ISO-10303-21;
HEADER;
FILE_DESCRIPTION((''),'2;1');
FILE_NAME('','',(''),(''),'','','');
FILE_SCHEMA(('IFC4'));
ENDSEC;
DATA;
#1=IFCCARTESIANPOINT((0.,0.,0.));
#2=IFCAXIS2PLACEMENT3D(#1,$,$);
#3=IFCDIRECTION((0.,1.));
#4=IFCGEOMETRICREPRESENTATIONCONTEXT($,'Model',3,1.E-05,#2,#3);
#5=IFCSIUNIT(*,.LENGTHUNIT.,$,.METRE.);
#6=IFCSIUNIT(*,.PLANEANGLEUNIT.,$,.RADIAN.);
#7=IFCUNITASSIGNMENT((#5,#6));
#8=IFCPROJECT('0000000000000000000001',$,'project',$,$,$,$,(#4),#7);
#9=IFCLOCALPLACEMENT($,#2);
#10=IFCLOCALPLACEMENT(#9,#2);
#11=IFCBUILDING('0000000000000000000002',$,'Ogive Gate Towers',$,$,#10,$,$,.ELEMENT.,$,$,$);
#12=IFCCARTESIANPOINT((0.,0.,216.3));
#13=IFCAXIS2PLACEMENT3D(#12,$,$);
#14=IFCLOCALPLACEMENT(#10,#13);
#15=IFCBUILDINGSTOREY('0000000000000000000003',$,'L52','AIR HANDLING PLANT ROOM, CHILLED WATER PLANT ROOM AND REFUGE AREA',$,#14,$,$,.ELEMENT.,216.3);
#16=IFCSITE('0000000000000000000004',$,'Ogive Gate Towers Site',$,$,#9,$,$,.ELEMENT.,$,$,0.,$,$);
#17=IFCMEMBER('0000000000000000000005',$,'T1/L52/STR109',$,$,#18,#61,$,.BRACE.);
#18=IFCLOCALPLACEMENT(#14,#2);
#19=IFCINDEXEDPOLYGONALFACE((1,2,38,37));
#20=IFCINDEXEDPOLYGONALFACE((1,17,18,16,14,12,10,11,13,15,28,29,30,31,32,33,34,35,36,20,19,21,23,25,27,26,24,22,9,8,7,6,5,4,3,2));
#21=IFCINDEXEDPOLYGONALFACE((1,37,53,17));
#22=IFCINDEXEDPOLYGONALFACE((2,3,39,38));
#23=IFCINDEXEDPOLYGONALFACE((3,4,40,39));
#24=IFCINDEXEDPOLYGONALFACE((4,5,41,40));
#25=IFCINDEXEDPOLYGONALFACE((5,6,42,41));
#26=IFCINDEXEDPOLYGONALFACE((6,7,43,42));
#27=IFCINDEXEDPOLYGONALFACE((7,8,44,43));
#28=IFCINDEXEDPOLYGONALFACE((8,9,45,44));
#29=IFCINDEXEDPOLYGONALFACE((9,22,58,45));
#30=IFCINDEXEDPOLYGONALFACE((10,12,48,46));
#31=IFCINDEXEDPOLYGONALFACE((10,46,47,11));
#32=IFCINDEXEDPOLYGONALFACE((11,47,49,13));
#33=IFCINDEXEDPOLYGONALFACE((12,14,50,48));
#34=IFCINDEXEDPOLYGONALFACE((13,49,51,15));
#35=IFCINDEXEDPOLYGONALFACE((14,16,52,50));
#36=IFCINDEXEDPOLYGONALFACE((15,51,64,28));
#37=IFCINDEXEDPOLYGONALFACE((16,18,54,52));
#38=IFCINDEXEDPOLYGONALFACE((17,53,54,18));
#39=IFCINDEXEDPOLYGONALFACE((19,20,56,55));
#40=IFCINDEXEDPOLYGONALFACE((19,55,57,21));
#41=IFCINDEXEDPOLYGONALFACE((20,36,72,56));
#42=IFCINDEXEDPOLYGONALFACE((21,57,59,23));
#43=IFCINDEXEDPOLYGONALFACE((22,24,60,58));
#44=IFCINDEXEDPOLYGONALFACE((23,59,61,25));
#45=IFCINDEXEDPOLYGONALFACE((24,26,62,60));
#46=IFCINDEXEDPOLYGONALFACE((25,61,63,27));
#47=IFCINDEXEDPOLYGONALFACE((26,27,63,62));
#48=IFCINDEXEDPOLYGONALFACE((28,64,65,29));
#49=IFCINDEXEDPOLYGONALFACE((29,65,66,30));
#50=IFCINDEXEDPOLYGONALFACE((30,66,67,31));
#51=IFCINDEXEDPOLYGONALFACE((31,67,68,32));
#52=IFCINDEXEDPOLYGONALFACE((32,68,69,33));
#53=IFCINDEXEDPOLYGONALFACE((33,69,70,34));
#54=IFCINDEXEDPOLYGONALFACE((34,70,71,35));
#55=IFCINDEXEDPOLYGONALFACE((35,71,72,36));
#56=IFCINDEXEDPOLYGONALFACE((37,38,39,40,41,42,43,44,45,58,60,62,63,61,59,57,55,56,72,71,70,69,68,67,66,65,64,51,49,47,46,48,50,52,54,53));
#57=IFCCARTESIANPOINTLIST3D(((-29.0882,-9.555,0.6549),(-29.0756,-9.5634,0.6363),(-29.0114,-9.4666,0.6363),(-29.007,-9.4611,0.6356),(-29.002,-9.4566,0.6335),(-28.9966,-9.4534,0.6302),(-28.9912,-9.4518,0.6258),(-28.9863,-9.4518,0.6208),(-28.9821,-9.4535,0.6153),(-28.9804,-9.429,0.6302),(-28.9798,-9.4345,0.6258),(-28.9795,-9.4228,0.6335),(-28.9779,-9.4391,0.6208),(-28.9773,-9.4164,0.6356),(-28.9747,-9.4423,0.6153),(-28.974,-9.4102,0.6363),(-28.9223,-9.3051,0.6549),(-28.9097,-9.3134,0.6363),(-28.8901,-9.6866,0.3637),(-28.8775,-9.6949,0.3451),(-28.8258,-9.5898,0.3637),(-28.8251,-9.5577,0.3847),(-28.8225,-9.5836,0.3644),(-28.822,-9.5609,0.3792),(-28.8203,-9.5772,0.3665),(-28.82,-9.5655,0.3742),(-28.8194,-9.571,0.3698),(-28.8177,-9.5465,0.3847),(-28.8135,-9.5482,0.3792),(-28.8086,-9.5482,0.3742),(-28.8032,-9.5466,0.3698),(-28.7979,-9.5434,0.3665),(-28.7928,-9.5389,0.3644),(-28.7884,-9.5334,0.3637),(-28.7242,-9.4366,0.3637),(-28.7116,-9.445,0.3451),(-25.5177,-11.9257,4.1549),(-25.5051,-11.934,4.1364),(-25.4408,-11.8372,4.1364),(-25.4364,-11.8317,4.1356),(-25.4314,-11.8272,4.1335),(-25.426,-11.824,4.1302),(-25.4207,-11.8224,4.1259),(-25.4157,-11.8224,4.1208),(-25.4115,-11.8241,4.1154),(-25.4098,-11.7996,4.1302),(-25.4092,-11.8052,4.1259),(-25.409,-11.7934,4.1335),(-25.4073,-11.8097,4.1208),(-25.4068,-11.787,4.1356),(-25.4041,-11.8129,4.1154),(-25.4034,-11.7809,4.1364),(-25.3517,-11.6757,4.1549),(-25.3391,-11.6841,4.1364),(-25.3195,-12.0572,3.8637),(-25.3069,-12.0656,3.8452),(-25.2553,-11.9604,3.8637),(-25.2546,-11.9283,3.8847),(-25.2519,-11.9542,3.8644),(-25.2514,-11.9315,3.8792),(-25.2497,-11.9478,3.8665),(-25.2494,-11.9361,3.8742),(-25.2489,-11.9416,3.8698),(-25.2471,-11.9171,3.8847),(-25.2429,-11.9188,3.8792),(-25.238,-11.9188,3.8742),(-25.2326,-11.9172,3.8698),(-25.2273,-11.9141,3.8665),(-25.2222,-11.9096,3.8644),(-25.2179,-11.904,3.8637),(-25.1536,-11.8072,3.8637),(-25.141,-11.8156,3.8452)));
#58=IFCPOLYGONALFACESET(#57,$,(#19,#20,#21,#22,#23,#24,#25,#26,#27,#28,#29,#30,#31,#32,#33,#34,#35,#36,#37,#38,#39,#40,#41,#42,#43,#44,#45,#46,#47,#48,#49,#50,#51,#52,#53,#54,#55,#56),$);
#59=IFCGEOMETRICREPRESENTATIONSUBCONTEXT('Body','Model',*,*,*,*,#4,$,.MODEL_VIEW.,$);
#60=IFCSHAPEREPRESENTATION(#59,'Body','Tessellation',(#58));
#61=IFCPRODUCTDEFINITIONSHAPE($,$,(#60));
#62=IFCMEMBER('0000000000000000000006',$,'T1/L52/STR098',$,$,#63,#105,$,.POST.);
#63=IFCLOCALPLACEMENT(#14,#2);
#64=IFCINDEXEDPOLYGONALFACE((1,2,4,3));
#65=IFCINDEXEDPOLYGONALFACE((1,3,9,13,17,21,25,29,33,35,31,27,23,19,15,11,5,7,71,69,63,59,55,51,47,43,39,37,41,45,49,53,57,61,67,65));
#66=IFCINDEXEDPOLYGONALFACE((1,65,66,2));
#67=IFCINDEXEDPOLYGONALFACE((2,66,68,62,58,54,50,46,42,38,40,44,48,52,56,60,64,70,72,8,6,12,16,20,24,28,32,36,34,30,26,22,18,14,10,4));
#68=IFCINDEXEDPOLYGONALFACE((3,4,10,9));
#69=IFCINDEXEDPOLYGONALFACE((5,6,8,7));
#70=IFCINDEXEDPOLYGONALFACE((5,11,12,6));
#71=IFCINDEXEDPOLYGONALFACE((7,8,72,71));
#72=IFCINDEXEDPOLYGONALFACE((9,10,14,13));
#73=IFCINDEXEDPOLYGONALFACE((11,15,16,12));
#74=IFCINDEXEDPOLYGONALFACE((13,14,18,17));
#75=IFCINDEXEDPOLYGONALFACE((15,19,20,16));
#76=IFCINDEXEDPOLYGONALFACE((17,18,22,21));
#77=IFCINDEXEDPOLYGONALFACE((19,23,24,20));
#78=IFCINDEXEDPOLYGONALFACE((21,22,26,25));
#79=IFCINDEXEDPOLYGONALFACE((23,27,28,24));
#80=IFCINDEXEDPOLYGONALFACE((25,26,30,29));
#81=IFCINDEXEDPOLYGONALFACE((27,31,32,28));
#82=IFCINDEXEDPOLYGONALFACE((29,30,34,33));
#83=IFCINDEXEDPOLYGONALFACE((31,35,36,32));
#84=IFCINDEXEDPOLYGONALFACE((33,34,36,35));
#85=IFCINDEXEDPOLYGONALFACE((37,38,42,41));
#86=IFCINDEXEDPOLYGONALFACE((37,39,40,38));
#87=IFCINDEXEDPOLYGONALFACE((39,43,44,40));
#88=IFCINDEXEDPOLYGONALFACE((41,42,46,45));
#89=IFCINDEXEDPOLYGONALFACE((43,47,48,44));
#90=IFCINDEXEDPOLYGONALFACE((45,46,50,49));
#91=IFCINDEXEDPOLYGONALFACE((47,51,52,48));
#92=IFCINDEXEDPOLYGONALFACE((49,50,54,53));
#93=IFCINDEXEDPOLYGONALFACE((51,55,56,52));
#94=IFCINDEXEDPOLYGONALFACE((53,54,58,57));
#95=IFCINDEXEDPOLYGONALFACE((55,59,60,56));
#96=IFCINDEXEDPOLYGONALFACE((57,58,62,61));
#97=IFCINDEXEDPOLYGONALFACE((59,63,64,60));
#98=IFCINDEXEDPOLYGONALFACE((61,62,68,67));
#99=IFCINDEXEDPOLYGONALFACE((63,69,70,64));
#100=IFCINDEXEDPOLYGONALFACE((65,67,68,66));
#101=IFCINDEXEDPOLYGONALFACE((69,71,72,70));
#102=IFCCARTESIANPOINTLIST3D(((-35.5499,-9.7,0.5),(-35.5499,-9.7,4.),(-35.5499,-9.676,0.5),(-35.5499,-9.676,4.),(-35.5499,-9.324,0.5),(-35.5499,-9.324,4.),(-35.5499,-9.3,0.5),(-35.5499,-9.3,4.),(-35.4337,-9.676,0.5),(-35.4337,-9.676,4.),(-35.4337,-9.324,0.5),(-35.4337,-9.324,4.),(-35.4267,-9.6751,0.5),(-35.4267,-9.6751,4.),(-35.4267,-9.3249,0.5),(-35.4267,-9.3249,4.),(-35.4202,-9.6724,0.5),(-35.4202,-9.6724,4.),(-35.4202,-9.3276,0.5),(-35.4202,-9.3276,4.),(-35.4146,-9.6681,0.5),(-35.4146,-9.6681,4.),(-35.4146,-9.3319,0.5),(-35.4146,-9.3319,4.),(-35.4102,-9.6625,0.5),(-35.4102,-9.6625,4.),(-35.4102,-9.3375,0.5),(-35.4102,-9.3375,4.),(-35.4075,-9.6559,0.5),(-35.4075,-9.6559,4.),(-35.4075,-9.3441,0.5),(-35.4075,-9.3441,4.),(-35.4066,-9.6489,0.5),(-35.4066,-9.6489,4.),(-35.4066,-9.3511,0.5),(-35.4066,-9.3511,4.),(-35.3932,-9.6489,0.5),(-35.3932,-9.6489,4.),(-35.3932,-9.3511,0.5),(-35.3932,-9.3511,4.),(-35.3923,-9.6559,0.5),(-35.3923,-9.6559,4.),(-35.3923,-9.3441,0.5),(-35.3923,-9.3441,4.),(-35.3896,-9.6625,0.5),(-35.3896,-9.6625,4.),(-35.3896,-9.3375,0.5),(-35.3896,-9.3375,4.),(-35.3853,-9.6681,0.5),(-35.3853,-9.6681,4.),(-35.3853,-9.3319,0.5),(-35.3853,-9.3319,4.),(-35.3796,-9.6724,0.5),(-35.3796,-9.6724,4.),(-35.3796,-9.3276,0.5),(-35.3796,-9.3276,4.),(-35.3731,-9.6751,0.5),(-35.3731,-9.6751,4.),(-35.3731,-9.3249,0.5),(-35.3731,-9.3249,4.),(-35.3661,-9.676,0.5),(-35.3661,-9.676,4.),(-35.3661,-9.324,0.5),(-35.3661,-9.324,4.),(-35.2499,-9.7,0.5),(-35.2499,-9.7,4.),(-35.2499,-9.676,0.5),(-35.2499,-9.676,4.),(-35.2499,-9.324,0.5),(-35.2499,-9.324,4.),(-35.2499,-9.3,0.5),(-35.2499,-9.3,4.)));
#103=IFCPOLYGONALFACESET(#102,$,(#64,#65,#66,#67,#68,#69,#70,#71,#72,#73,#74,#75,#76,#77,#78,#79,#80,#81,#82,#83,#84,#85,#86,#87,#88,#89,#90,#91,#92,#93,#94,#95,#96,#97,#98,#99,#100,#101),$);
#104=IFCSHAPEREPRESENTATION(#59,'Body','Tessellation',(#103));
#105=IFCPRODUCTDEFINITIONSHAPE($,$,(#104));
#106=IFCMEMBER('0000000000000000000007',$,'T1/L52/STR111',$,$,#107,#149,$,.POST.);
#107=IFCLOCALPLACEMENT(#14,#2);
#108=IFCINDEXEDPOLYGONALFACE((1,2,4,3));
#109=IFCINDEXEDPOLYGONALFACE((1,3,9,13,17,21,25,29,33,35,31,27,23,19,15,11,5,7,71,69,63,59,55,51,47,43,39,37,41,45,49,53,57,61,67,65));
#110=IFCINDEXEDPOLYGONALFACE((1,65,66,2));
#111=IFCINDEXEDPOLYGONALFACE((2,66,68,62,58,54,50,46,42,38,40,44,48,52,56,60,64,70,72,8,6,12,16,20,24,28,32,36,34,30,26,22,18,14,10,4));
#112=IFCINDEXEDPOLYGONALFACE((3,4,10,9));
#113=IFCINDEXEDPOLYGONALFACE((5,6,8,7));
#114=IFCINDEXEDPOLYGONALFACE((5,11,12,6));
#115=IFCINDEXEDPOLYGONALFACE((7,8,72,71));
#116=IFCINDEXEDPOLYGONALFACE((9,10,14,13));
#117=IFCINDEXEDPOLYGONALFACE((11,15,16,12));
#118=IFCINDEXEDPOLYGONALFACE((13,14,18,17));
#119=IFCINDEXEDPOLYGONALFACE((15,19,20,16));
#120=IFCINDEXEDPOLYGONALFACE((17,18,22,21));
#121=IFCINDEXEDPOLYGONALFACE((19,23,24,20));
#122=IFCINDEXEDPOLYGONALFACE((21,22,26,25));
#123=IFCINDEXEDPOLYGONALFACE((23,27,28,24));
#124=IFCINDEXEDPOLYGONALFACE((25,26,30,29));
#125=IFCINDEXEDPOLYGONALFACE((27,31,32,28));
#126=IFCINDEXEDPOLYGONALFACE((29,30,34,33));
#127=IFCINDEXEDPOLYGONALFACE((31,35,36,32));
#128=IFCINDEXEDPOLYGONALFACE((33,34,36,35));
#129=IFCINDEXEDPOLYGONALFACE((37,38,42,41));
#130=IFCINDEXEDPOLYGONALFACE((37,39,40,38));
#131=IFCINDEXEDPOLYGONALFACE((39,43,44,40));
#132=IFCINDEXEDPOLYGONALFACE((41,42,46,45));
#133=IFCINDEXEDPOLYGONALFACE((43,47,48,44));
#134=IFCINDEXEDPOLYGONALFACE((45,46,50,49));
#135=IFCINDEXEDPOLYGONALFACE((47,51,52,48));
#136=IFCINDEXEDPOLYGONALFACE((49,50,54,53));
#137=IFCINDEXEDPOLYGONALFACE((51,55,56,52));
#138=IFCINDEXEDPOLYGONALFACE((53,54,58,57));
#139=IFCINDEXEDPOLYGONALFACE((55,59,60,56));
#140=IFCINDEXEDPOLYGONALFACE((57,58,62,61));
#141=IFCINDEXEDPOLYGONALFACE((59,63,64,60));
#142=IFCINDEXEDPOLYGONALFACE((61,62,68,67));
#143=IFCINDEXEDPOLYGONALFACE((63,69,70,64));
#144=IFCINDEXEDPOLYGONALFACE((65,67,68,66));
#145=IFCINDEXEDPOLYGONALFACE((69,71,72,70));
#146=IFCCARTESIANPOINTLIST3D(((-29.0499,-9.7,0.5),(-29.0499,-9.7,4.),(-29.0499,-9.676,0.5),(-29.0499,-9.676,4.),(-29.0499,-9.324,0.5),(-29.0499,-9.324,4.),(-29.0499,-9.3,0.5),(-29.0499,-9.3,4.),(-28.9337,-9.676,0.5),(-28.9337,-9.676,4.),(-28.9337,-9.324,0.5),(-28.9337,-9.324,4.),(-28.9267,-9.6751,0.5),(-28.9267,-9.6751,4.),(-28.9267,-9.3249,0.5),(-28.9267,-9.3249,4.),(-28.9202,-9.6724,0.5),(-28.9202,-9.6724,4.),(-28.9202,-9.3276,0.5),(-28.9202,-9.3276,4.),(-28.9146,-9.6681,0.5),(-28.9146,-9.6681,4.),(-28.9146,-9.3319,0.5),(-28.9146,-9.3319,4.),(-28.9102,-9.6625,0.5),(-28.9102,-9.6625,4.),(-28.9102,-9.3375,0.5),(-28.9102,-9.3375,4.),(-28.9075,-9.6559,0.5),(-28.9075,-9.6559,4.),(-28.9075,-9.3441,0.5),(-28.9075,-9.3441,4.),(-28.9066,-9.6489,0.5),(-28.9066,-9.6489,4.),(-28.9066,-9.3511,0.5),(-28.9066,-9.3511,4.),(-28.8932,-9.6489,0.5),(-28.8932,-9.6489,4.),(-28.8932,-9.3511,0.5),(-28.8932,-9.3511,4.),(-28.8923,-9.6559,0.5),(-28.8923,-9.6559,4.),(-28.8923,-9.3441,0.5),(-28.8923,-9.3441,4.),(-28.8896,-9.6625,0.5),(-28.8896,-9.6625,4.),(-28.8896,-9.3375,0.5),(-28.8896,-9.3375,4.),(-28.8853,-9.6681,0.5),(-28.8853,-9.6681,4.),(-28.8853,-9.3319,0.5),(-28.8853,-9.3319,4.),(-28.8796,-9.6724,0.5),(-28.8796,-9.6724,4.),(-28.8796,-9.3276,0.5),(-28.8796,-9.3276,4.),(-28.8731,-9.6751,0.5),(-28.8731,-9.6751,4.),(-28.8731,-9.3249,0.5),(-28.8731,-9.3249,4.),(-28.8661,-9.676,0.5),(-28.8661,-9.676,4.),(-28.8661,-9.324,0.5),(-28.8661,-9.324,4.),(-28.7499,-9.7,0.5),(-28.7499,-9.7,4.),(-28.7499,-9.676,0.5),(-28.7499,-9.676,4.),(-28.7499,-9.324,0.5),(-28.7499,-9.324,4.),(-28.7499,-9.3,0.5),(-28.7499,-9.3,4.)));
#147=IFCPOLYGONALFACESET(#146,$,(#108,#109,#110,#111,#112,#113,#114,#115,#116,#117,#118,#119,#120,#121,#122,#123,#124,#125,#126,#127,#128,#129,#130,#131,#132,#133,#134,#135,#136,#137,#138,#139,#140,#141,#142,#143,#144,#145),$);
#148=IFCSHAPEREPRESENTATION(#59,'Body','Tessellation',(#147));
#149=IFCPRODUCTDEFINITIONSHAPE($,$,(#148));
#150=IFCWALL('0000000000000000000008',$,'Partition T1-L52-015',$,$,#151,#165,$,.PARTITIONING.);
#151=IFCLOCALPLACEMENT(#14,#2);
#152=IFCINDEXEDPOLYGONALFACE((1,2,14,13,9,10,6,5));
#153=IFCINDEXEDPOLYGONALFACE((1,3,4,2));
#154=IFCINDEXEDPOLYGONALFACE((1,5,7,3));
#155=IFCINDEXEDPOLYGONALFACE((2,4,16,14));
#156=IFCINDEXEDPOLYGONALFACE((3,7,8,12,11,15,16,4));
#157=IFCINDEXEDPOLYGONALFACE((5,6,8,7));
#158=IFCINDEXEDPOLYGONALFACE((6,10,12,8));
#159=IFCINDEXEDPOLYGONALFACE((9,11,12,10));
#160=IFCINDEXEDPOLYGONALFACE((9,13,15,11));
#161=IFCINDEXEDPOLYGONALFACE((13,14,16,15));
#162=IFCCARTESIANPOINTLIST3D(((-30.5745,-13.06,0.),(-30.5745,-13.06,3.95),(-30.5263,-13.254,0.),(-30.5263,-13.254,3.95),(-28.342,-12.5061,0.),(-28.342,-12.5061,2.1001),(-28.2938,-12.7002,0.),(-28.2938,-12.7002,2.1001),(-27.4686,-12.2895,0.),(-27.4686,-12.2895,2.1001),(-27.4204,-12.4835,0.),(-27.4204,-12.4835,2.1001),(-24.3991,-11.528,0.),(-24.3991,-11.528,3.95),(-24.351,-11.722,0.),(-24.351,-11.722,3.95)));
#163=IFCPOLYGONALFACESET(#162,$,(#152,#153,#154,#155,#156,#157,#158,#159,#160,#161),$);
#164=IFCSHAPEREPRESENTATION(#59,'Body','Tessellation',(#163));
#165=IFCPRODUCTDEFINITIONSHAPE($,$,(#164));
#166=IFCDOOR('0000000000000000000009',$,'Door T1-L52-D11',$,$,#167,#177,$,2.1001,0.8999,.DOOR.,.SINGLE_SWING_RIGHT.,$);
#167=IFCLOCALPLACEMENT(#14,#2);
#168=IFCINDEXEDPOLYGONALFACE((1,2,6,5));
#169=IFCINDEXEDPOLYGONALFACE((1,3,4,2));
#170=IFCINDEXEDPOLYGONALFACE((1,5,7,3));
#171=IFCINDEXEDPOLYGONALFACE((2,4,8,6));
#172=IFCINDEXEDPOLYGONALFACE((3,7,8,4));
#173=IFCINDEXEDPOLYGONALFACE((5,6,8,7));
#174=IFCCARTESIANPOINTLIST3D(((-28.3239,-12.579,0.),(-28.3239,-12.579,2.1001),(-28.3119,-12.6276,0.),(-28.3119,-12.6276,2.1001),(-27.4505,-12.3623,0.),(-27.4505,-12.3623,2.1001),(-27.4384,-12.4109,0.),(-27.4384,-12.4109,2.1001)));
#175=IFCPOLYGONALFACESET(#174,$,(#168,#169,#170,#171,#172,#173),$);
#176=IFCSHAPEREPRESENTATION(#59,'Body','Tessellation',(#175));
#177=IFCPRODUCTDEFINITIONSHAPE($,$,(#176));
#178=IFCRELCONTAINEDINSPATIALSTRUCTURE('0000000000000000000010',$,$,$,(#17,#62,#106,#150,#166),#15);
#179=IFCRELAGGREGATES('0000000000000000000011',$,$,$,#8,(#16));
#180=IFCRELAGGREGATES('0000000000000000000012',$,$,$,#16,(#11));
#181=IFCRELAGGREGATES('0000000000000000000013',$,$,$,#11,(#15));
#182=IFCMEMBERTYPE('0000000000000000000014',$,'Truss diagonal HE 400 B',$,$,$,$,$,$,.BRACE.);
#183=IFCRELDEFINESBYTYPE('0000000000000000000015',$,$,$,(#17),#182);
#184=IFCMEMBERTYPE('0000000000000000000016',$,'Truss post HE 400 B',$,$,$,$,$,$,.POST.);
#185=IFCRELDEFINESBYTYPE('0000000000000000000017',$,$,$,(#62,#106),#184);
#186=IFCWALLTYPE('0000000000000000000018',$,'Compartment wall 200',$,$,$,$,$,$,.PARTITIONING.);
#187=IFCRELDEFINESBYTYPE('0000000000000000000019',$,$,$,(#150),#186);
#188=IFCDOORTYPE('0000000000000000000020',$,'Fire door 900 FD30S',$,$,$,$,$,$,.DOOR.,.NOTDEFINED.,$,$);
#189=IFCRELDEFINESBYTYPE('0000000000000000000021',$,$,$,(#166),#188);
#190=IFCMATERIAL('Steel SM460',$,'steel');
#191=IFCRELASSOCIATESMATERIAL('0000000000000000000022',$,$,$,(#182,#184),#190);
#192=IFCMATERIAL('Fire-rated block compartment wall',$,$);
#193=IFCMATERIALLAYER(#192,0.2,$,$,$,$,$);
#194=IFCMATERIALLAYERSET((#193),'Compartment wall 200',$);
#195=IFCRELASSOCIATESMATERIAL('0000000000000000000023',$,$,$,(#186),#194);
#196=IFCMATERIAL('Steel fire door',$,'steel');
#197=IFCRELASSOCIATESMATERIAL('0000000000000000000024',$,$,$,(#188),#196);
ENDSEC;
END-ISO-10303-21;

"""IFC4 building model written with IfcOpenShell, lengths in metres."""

from ifc_helpers import new_model, si_unit, direction, frame, frame_2d, origin, origin_2d, place, context, subcontext, project, spatial, rectangle, i_section, extrude, material, layer, layer_set, material_profile, profile_set, type_object, element, fill, save


model = new_model("IFC4")

# Units and contexts
model_context = context("Model", 3, precision=1e-05, world=origin(), true_north=direction((0.0, 1.0)))
body_context = subcontext(model_context, "Body", "Model", "MODEL_VIEW")
ifc_project = project(units=[si_unit("LENGTHUNIT", "METRE"), si_unit("PLANEANGLEUNIT", "RADIAN")], contexts=[model_context])

# Site, building, storey
site_placement = place(None, origin())
site = spatial("IfcSite", under=ifc_project, at=site_placement, Name="Ogive Gate Towers Site", CompositionType="ELEMENT", RefElevation=0.0)
building_placement = place(site_placement, origin())
building = spatial("IfcBuilding", under=site, at=building_placement, Name="Ogive Gate Towers", CompositionType="ELEMENT")
storey_placement = place(building_placement, frame((0.0, 0.0, 216.3)))
storey = spatial("IfcBuildingStorey", under=building, at=storey_placement, Name="L52", Description="AIR HANDLING PLANT ROOM, CHILLED WATER PLANT ROOM AND REFUGE AREA", CompositionType="ELEMENT", Elevation=216.3)

# Shared definitions
ifc_material_1 = material(Name="Steel SM460", Category="steel")

# Members
ifc_material_profile_1 = material_profile(ifc_material_1, i_section(OverallWidth=0.3, OverallDepth=0.3999, WebThickness=0.0134, FlangeThickness=0.0239, FilletRadius=0.0271, at=origin_2d()), Name="HE 400 B")
ifc_profile_set_1 = profile_set([ifc_material_profile_1], Name="Steel SM460")
member_type_1 = type_object("IfcMemberType", Name="Truss diagonal HE 400 B", PredefinedType="BRACE", material=ifc_profile_set_1)
member_1_placement = place(storey_placement, frame((-28.8999, -9.5, 0.5), z_axis=(0.645272, -0.428417, 0.632521), x_axis=(0.553122, 0.8331, 0.0)))
element("IfcMember", 1, at=member_1_placement, inside=storey, type_object=member_type_1, Name="T1/L52/STR109", PredefinedType="BRACE", context=body_context, shape_type="SweptSolid", body=[
    extrude(i_section(OverallWidth=0.3, OverallDepth=0.3999, WebThickness=0.0134, FlangeThickness=0.0239, FilletRadius=0.0271, at=origin_2d()), origin(), (0.0, 0.0, 1.0), 5.5334),
])
ifc_material_profile_2 = material_profile(ifc_material_1, i_section(OverallWidth=0.3, OverallDepth=0.3999, WebThickness=0.0134, FlangeThickness=0.0239, FilletRadius=0.0271, at=origin_2d()), Name="HE 400 B")
ifc_profile_set_2 = profile_set([ifc_material_profile_2], Name="Steel SM460")
member_type_2 = type_object("IfcMemberType", Name="Truss post HE 400 B", PredefinedType="POST", material=ifc_profile_set_2)
for number, where, z_axis, x_axis, name in (
    (2, (-35.3999, -9.5, 0.5), (0.0, 0.0, 1.0), (1.0, 0.0, 0.0), "T1/L52/STR098"),
    (3, (-28.8999, -9.5, 0.5), (0.0, 0.0, 1.0), (1.0, 0.0, 0.0), "T1/L52/STR111"),
):
    element("IfcMember", number, at=place(storey_placement, frame(where, z_axis=z_axis, x_axis=x_axis)), inside=storey, type_object=member_type_2, Name=name, PredefinedType="POST", context=body_context, shape_type="SweptSolid", body=[
        extrude(i_section(OverallWidth=0.3, OverallDepth=0.3999, WebThickness=0.0134, FlangeThickness=0.0239, FilletRadius=0.0271, at=origin_2d()), origin(), (0.0, 0.0, 1.0), 3.5),
    ])

# Wall, opening, door
ifc_material_2 = material(Name="Fire-rated block compartment wall")
ifc_layer_1 = layer(ifc_material_2, 0.2)
ifc_layer_set_1 = layer_set([ifc_layer_1], Name="Compartment wall 200")
wall_type_1 = type_object("IfcWallType", Name="Compartment wall 200", PredefinedType="PARTITIONING", material=ifc_layer_set_1)
wall_1_placement = place(storey_placement, frame((-30.5503, -13.157, 0.0), z_axis=(0.0, 0.0, 1.0), x_axis=(0.970579, 0.240784, 0.0)))
wall_1 = element("IfcWall", 4, at=wall_1_placement, inside=storey, type_object=wall_type_1, Name="Partition T1-L52-015", PredefinedType="PARTITIONING", context=body_context, shape_type="SweptSolid", body=[
    extrude(rectangle(XDim=6.3625, YDim=0.2, at=frame_2d((3.1812, 0.0))), origin(), (0.0, 0.0, 1.0), 3.95),
])
opening_1_placement = place(wall_1_placement, frame((2.3, 0.0, 0.0)))
opening_1 = element("IfcOpeningElement", 5, at=opening_1_placement, cuts=wall_1, PredefinedType="OPENING", context=body_context, shape_type="SweptSolid", body=[
    extrude(rectangle(XDim=0.8999, YDim=2.1001, at=frame_2d((0.45, 1.05))), frame((0.0, 0.1099, 0.0), z_axis=(0.0, -1.0, 0.0), x_axis=(1.0, 0.0, 0.0)), (0.0, 0.0, 1.0), 0.22),
])
ifc_material_3 = material(Name="Steel fire door", Category="steel")
door_type_1 = type_object("IfcDoorType", Name="Fire door 900 FD30S", OperationType="NOTDEFINED", PredefinedType="DOOR", material=ifc_material_3)
door_1_placement = place(opening_1_placement, origin())
door_1 = element("IfcDoor", 6, at=door_1_placement, inside=storey, type_object=door_type_1, Name="Door T1-L52-D11", OperationType="SINGLE_SWING_RIGHT", OverallHeight=2.1001, OverallWidth=0.8999, PredefinedType="DOOR", context=body_context, shape_type="SweptSolid", body=[
    extrude(rectangle(XDim=0.8999, YDim=2.1001, at=frame_2d((0.45, 1.05))), frame((0.0, 0.0249, 0.0), z_axis=(0.0, -1.0, 0.0), x_axis=(1.0, 0.0, 0.0)), (0.0, 0.0, 1.0), 0.05),
])
fill(opening_1, door_1)

save(model, "model.ifc")
